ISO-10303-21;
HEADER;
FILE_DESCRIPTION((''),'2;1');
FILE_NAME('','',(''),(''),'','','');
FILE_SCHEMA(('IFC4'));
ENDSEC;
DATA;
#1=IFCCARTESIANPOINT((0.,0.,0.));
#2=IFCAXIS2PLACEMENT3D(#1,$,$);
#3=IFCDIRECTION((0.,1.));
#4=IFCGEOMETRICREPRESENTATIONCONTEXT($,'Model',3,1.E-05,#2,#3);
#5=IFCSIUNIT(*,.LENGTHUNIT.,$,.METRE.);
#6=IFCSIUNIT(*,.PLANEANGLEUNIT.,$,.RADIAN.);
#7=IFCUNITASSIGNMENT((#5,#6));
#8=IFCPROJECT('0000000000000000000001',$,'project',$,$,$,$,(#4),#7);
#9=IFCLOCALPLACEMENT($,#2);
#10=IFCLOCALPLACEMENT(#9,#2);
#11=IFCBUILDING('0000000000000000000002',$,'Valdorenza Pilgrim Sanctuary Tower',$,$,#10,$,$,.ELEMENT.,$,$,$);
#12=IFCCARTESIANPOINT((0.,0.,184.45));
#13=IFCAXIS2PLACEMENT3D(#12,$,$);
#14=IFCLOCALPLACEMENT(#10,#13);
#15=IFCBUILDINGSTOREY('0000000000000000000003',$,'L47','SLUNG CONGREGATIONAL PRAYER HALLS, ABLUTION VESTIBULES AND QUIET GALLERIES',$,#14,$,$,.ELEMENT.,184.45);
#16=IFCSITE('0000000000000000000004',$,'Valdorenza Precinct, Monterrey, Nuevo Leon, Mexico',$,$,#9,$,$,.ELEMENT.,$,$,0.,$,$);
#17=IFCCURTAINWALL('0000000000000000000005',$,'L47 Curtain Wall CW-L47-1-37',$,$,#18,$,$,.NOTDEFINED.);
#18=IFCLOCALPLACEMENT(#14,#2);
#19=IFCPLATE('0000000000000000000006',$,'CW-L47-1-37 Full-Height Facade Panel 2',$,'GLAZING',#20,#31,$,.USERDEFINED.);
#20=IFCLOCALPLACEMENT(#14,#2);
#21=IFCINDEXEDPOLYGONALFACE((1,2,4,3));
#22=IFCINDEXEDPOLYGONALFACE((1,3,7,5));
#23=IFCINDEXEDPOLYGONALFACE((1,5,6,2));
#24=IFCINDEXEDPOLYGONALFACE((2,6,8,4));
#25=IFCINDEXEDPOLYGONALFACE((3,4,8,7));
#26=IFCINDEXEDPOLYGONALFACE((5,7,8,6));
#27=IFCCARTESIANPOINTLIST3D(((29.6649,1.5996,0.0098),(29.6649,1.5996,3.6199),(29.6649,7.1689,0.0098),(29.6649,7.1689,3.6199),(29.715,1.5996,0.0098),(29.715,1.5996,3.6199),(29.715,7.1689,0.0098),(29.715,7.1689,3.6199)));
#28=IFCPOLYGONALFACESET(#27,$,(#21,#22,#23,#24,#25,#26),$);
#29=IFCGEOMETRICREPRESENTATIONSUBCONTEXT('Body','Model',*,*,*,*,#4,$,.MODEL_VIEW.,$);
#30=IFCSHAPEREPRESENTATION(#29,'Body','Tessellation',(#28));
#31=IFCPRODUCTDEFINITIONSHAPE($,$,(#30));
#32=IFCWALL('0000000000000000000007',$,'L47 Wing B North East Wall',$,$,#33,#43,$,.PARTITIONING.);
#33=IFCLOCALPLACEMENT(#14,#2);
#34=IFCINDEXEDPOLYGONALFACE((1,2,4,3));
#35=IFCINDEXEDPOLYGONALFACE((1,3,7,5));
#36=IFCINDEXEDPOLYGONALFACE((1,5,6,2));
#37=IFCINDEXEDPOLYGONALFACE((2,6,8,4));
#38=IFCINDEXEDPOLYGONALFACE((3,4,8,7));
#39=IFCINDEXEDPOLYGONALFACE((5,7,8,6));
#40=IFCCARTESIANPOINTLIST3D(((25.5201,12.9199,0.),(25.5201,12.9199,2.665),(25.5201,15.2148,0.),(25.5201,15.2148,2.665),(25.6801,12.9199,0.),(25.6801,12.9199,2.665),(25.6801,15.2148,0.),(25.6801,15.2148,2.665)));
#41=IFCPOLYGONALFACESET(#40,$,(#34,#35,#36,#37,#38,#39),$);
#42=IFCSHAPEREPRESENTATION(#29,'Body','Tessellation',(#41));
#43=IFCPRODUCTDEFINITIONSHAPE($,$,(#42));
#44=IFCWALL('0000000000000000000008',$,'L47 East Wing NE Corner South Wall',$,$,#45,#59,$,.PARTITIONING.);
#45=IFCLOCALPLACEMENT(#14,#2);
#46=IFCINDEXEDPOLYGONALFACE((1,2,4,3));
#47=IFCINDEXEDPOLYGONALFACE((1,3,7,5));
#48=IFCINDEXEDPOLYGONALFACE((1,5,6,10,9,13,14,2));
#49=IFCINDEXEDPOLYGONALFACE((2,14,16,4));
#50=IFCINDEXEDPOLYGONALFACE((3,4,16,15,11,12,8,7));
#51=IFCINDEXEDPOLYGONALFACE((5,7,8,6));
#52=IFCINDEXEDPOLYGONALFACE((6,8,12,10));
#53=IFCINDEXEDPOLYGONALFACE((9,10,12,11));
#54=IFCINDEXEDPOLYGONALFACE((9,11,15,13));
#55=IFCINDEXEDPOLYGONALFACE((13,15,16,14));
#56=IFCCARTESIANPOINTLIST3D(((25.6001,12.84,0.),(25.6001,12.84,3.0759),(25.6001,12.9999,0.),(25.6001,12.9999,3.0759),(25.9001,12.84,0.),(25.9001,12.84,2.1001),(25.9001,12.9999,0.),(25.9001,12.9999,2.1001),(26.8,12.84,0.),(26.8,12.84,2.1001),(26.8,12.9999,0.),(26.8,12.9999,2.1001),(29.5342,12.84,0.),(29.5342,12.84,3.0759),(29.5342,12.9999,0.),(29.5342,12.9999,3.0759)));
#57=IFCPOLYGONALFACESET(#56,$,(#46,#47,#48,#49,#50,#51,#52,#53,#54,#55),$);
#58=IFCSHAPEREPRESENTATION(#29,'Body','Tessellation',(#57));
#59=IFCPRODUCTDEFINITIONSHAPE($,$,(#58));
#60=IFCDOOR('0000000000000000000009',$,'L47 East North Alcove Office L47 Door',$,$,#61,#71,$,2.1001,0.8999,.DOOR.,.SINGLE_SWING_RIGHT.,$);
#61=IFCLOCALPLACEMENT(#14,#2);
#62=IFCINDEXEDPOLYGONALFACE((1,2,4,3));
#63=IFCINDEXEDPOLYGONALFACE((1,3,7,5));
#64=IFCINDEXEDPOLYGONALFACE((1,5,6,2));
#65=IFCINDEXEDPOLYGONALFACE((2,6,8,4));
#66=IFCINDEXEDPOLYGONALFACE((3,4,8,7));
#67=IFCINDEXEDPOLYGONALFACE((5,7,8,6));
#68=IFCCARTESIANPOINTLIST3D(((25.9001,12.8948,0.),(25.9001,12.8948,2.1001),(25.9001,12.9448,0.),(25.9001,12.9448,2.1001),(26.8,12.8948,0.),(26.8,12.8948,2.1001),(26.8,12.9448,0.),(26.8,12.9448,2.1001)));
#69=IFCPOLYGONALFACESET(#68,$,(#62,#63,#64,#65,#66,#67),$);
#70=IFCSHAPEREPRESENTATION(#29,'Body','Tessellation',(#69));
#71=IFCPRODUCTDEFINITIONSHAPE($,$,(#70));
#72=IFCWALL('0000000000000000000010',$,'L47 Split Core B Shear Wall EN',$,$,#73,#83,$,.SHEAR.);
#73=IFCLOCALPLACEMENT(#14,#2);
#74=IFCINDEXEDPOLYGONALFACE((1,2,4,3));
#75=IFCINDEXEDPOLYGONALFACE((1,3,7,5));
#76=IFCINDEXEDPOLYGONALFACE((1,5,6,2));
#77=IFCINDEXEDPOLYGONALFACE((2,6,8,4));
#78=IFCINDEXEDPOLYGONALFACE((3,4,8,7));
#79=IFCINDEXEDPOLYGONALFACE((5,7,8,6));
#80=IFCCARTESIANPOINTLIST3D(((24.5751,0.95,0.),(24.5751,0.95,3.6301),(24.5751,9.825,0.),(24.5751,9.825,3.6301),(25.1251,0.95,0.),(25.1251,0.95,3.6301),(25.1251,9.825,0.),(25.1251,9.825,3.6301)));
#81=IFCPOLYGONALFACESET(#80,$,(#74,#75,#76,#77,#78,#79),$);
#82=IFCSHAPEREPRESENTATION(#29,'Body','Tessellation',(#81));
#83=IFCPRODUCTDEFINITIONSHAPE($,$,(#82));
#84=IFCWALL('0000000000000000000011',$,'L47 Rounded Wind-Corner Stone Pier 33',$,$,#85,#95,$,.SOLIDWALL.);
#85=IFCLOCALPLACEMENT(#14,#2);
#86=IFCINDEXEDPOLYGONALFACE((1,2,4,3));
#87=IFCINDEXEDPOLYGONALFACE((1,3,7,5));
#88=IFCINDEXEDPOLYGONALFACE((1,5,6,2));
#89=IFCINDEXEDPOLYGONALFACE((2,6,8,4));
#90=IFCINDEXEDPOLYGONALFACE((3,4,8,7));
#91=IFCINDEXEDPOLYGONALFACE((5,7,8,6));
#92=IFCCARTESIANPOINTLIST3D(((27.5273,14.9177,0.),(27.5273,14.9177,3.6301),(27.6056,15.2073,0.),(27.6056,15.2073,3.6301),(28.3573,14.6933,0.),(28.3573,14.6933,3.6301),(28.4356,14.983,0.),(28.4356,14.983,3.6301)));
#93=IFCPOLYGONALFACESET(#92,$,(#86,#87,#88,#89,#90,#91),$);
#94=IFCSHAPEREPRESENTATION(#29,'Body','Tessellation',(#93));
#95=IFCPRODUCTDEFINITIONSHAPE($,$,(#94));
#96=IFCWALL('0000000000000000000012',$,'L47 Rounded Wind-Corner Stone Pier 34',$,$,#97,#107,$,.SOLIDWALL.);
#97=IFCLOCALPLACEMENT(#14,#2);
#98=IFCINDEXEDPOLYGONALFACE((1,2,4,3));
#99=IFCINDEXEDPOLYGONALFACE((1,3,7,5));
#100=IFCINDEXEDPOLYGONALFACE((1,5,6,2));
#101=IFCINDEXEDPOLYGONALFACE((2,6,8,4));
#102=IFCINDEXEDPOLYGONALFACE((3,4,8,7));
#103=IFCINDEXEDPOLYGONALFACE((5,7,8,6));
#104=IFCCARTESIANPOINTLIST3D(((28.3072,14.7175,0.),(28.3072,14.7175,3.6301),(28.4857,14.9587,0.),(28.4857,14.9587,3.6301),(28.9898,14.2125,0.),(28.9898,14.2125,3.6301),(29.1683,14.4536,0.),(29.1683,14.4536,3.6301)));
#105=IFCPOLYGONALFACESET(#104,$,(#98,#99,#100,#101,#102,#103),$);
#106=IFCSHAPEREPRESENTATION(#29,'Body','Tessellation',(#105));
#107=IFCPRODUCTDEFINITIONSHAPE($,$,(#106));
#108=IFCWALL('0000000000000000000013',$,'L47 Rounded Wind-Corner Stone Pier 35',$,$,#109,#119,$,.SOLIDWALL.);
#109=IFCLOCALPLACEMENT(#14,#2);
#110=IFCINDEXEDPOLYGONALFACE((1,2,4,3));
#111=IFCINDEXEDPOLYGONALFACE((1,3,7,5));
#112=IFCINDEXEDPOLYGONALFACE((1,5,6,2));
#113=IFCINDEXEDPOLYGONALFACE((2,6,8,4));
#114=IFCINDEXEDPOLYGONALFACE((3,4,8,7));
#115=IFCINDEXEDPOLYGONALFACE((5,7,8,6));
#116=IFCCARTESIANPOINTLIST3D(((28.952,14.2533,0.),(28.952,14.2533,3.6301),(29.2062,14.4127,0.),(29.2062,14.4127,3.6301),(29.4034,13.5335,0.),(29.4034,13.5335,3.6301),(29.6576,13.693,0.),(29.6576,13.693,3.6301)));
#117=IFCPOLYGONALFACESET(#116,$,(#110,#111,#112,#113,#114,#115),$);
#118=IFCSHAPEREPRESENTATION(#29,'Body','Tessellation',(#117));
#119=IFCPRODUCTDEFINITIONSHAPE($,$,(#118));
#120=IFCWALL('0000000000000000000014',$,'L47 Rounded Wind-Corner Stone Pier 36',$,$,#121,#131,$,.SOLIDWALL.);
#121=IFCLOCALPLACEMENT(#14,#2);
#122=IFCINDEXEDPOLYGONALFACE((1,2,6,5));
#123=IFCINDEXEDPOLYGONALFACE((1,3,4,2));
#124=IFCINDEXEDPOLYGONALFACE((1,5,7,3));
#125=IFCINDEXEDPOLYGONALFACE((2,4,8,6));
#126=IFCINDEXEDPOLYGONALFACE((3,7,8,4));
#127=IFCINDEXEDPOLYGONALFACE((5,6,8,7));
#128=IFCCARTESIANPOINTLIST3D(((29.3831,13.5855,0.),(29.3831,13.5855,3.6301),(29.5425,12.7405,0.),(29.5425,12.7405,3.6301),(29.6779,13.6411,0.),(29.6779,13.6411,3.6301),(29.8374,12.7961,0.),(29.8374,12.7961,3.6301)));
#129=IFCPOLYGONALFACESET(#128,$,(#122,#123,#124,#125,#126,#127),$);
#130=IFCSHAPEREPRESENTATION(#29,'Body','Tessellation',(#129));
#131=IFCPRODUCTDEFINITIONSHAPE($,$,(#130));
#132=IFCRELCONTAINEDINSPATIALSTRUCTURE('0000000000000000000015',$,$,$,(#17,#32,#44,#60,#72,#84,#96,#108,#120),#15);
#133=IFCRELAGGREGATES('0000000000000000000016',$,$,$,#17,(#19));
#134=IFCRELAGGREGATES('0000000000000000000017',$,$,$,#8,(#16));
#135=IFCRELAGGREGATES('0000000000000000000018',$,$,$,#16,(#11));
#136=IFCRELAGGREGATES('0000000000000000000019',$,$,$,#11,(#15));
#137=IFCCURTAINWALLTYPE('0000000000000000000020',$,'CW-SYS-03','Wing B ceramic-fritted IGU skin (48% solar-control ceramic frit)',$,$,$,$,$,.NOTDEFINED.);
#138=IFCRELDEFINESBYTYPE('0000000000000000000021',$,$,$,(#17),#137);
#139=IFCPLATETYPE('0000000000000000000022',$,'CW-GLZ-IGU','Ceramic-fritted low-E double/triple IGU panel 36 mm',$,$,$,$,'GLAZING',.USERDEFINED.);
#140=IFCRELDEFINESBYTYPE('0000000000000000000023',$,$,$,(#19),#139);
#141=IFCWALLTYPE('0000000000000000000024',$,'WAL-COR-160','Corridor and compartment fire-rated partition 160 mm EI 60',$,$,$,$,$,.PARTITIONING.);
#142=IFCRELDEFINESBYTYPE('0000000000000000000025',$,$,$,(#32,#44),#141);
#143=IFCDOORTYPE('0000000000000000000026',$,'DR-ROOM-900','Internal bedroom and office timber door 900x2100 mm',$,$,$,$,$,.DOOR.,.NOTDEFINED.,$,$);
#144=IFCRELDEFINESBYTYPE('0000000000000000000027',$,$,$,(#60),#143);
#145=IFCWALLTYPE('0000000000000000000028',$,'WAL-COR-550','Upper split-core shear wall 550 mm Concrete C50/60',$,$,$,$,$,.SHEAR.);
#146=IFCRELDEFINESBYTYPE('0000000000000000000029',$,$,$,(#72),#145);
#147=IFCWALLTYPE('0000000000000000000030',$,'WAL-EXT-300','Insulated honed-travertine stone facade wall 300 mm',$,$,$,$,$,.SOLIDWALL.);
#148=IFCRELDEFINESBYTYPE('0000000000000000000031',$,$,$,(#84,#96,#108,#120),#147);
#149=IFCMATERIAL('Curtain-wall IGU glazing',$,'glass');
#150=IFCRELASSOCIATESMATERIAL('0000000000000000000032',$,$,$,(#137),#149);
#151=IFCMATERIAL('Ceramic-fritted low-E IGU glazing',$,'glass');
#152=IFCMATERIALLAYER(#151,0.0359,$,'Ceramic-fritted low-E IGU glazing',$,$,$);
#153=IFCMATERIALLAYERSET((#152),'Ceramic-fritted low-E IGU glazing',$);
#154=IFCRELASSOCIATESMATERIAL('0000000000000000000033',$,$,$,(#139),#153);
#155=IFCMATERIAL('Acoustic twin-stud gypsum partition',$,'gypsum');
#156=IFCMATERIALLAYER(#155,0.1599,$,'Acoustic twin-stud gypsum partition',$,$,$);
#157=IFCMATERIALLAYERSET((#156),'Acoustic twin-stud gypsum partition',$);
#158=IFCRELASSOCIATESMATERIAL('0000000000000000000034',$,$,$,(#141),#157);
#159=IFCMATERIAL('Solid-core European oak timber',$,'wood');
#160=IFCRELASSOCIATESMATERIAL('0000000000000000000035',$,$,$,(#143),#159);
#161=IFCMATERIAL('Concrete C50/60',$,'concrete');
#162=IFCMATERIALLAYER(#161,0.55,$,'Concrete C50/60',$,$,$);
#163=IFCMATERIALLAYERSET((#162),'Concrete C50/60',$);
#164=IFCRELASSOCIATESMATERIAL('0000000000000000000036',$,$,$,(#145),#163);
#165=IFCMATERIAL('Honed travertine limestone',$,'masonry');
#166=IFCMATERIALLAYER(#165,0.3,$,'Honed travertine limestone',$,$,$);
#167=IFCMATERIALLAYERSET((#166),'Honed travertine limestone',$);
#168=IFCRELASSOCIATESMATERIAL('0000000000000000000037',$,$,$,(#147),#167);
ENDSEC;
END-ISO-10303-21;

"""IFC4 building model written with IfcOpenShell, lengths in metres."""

from ifc_helpers import new_model, si_unit, direction, frame, frame_2d, origin, origin_2d, place, context, subcontext, project, spatial, rectangle, extrude, source, transform, mapped, material, layer, layer_set, type_object, element, fill, aggregate, save


model = new_model("IFC4")

# Units and contexts
model_context = context("Model", 3, precision=1e-05, world=origin(), true_north=direction((0.0, 1.0)))
body_context = subcontext(model_context, "Body", "Model", "MODEL_VIEW")
ifc_project = project(units=[si_unit("LENGTHUNIT", "METRE"), si_unit("PLANEANGLEUNIT", "RADIAN")], contexts=[model_context])

# Site, building, storey
site_placement = place(None, origin())
site = spatial("IfcSite", under=ifc_project, at=site_placement, Name="Valdorenza Precinct, Monterrey, Nuevo Leon, Mexico", CompositionType="ELEMENT", RefElevation=0.0)
building_placement = place(site_placement, origin())
building = spatial("IfcBuilding", under=site, at=building_placement, Name="Valdorenza Pilgrim Sanctuary Tower", CompositionType="ELEMENT")
storey_placement = place(building_placement, frame((0.0, 0.0, 184.45)))
storey = spatial("IfcBuildingStorey", under=building, at=storey_placement, Name="L47", Description="SLUNG CONGREGATIONAL PRAYER HALLS, ABLUTION VESTIBULES AND QUIET GALLERIES", CompositionType="ELEMENT", Elevation=184.45)

# Shared definitions
ifc_material_1 = material(Name="Concrete C50/60", Category="concrete")

# Curtain wall
ifc_material_2 = material(Name="Curtain-wall IGU glazing", Category="glass")
curtain_wall_type = type_object("IfcCurtainWallType", Name="CW-SYS-03", Description="Wing B ceramic-fritted IGU skin (48% solar-control ceramic frit)", PredefinedType="NOTDEFINED", material=ifc_material_2)
curtain_wall_1_placement = place(storey_placement, origin())
curtain_wall_1 = element("IfcCurtainWall", 1, at=curtain_wall_1_placement, inside=storey, type_object=curtain_wall_type, Name="L47 Curtain Wall CW-L47-1-37", PredefinedType="NOTDEFINED")

# Plate
ifc_material_3 = material(Name="Honed travertine limestone", Category="masonry")
ifc_material_4 = material(Name="Ceramic-fritted low-E IGU glazing", Category="glass")
ifc_layer_1 = layer(ifc_material_4, 0.0359, Name="Ceramic-fritted low-E IGU glazing")
ifc_layer_set_1 = layer_set([ifc_layer_1], Name="Ceramic-fritted low-E IGU glazing")
plate_type_1 = type_object("IfcPlateType", Name="CW-GLZ-IGU", Description="Ceramic-fritted low-E double/triple IGU panel 36 mm", ElementType="GLAZING", PredefinedType="USERDEFINED", material=ifc_layer_set_1)
shared_shape_1 = source(origin(), body_context, "Body", "SweptSolid", [
    extrude(rectangle(XDim=5.5693, YDim=0.05, at=origin_2d()), origin(), (0.0, 0.0, 1.0), 3.6101),
])
plate_1_placement = place(storey_placement, frame((29.6899, 4.3843, 0.0098), z_axis=(0.0, 0.0, 1.0), x_axis=(0.0, -1.0, 0.0)))
plate_1 = element("IfcPlate", 2, at=plate_1_placement, type_object=plate_type_1, Name="CW-L47-1-37 Full-Height Facade Panel 2", ObjectType="GLAZING", PredefinedType="USERDEFINED", context=body_context, shape_type="MappedRepresentation", body=[
    mapped(shared_shape_1, transform((0.0, 0.0, 0.0), x_axis=(1.0, 0.0, 0.0), y_axis=(0.0, 1.0, 0.0), z_axis=(0.0, 0.0, 1.0), scale=1.0)),
])
aggregate(curtain_wall_1, [plate_1])

# Wall
ifc_material_5 = material(Name="Acoustic twin-stud gypsum partition", Category="gypsum")
ifc_layer_2 = layer(ifc_material_5, 0.1599, Name="Acoustic twin-stud gypsum partition")
ifc_layer_set_2 = layer_set([ifc_layer_2], Name="Acoustic twin-stud gypsum partition")
wall_type_1 = type_object("IfcWallType", Name="WAL-COR-160", Description="Corridor and compartment fire-rated partition 160 mm EI 60", PredefinedType="PARTITIONING", material=ifc_layer_set_2)
wall_1_placement = place(storey_placement, frame((25.6001, 12.9199, 0.0), z_axis=(0.0, 0.0, 1.0), x_axis=(0.0, 1.0, 0.0)))
element("IfcWall", 3, at=wall_1_placement, inside=storey, type_object=wall_type_1, Name="L47 Wing B North East Wall", PredefinedType="PARTITIONING", context=body_context, shape_type="SweptSolid", body=[
    extrude(rectangle(XDim=2.2949, YDim=0.1599, at=frame_2d((1.1475, 0.0))), origin(), (0.0, 0.0, 1.0), 2.665),
])

# Wall, opening, door
wall_2_placement = place(storey_placement, frame((25.6001, 12.9199, 0.0), z_axis=(0.0, 0.0, 1.0), x_axis=(1.0, 0.0, 0.0)))
wall_2 = element("IfcWall", 4, at=wall_2_placement, inside=storey, type_object=wall_type_1, Name="L47 East Wing NE Corner South Wall", PredefinedType="PARTITIONING", context=body_context, shape_type="SweptSolid", body=[
    extrude(rectangle(XDim=3.9341, YDim=0.1599, at=frame_2d((1.967, 0.0))), origin(), (0.0, 0.0, 1.0), 3.0759),
])
opening_placement = place(wall_2_placement, frame((0.3, 0.0, 0.0)))
opening = element("IfcOpeningElement", 5, at=opening_placement, cuts=wall_2, PredefinedType="OPENING", context=body_context, shape_type="SweptSolid", body=[
    extrude(rectangle(XDim=0.8999, YDim=2.1001, at=frame_2d((0.45, 1.05))), frame((0.0, 0.0947, 0.0), z_axis=(0.0, -1.0, 0.0), x_axis=(1.0, 0.0, 0.0)), (0.0, 0.0, 1.0), 0.1897),
])
ifc_material_6 = material(Name="Solid-core European oak timber", Category="wood")
door_type = type_object("IfcDoorType", Name="DR-ROOM-900", Description="Internal bedroom and office timber door 900x2100 mm", OperationType="NOTDEFINED", PredefinedType="DOOR", material=ifc_material_6)
door_placement = place(opening_placement, origin())
door = element("IfcDoor", 6, at=door_placement, inside=storey, type_object=door_type, Name="L47 East North Alcove Office L47 Door", OperationType="SINGLE_SWING_RIGHT", OverallHeight=2.1001, OverallWidth=0.8999, PredefinedType="DOOR", context=body_context, shape_type="SweptSolid", body=[
    extrude(rectangle(XDim=0.8999, YDim=2.1001, at=frame_2d((0.45, 1.05))), frame((0.0, 0.0249, 0.0), z_axis=(0.0, -1.0, 0.0), x_axis=(1.0, 0.0, 0.0)), (0.0, 0.0, 1.0), 0.05),
])
fill(opening, door)

# Walls
ifc_layer_3 = layer(ifc_material_1, 0.55, Name="Concrete C50/60")
ifc_layer_set_3 = layer_set([ifc_layer_3], Name="Concrete C50/60")
wall_type_2 = type_object("IfcWallType", Name="WAL-COR-550", Description="Upper split-core shear wall 550 mm Concrete C50/60", PredefinedType="SHEAR", material=ifc_layer_set_3)
wall_3_placement = place(storey_placement, frame((24.8501, 0.95, 0.0), z_axis=(0.0, 0.0, 1.0), x_axis=(0.0, 1.0, 0.0)))
element("IfcWall", 7, at=wall_3_placement, inside=storey, type_object=wall_type_2, Name="L47 Split Core B Shear Wall EN", PredefinedType="SHEAR", context=body_context, shape_type="SweptSolid", body=[
    extrude(rectangle(XDim=8.875, YDim=0.55, at=frame_2d((4.4375, 0.0))), origin(), (0.0, 0.0, 1.0), 3.6301),
])
ifc_layer_4 = layer(ifc_material_3, 0.3, Name="Honed travertine limestone")
ifc_layer_set_4 = layer_set([ifc_layer_4], Name="Honed travertine limestone")
wall_type_3 = type_object("IfcWallType", Name="WAL-EXT-300", Description="Insulated honed-travertine stone facade wall 300 mm", PredefinedType="SOLIDWALL", material=ifc_layer_set_4)
wall_4_placement = place(storey_placement, frame((27.5664, 15.0625, 0.0), z_axis=(0.0, 0.0, 1.0), x_axis=(0.965358, -0.26093, 0.0)))
element("IfcWall", 8, at=wall_4_placement, inside=storey, type_object=wall_type_3, Name="L47 Rounded Wind-Corner Stone Pier 33", PredefinedType="SOLIDWALL", context=body_context, shape_type="SweptSolid", body=[
    extrude(rectangle(XDim=0.8599, YDim=0.3, at=frame_2d((0.4299, 0.0))), origin(), (0.0, 0.0, 1.0), 3.6301),
])
wall_5_placement = place(storey_placement, frame((28.3965, 14.8381, 0.0), z_axis=(0.0, 0.0, 1.0), x_axis=(0.803847, -0.594836, 0.0)))
element("IfcWall", 9, at=wall_5_placement, inside=storey, type_object=wall_type_3, Name="L47 Rounded Wind-Corner Stone Pier 34", PredefinedType="SOLIDWALL", context=body_context, shape_type="SweptSolid", body=[
    extrude(rectangle(XDim=0.8491, YDim=0.3, at=frame_2d((0.4246, 0.0))), origin(), (0.0, 0.0, 1.0), 3.6301),
])
wall_6_placement = place(storey_placement, frame((29.0791, 14.333, 0.0), z_axis=(0.0, 0.0, 1.0), x_axis=(0.531341, -0.847158, 0.0)))
element("IfcWall", 10, at=wall_6_placement, inside=storey, type_object=wall_type_3, Name="L47 Rounded Wind-Corner Stone Pier 35", PredefinedType="SOLIDWALL", context=body_context, shape_type="SweptSolid", body=[
    extrude(rectangle(XDim=0.8496, YDim=0.3, at=frame_2d((0.4248, 0.0))), origin(), (0.0, 0.0, 1.0), 3.6301),
])
wall_7_placement = place(storey_placement, frame((29.5305, 13.6133, 0.0), z_axis=(0.0, 0.0, 1.0), x_axis=(0.185403, -0.982663, 0.0)))
element("IfcWall", 11, at=wall_7_placement, inside=storey, type_object=wall_type_3, Name="L47 Rounded Wind-Corner Stone Pier 36", PredefinedType="SOLIDWALL", context=body_context, shape_type="SweptSolid", body=[
    extrude(rectangle(XDim=0.8599, YDim=0.3, at=frame_2d((0.4299, 0.0))), origin(), (0.0, 0.0, 1.0), 3.6301),
])

save(model, "model.ifc")
